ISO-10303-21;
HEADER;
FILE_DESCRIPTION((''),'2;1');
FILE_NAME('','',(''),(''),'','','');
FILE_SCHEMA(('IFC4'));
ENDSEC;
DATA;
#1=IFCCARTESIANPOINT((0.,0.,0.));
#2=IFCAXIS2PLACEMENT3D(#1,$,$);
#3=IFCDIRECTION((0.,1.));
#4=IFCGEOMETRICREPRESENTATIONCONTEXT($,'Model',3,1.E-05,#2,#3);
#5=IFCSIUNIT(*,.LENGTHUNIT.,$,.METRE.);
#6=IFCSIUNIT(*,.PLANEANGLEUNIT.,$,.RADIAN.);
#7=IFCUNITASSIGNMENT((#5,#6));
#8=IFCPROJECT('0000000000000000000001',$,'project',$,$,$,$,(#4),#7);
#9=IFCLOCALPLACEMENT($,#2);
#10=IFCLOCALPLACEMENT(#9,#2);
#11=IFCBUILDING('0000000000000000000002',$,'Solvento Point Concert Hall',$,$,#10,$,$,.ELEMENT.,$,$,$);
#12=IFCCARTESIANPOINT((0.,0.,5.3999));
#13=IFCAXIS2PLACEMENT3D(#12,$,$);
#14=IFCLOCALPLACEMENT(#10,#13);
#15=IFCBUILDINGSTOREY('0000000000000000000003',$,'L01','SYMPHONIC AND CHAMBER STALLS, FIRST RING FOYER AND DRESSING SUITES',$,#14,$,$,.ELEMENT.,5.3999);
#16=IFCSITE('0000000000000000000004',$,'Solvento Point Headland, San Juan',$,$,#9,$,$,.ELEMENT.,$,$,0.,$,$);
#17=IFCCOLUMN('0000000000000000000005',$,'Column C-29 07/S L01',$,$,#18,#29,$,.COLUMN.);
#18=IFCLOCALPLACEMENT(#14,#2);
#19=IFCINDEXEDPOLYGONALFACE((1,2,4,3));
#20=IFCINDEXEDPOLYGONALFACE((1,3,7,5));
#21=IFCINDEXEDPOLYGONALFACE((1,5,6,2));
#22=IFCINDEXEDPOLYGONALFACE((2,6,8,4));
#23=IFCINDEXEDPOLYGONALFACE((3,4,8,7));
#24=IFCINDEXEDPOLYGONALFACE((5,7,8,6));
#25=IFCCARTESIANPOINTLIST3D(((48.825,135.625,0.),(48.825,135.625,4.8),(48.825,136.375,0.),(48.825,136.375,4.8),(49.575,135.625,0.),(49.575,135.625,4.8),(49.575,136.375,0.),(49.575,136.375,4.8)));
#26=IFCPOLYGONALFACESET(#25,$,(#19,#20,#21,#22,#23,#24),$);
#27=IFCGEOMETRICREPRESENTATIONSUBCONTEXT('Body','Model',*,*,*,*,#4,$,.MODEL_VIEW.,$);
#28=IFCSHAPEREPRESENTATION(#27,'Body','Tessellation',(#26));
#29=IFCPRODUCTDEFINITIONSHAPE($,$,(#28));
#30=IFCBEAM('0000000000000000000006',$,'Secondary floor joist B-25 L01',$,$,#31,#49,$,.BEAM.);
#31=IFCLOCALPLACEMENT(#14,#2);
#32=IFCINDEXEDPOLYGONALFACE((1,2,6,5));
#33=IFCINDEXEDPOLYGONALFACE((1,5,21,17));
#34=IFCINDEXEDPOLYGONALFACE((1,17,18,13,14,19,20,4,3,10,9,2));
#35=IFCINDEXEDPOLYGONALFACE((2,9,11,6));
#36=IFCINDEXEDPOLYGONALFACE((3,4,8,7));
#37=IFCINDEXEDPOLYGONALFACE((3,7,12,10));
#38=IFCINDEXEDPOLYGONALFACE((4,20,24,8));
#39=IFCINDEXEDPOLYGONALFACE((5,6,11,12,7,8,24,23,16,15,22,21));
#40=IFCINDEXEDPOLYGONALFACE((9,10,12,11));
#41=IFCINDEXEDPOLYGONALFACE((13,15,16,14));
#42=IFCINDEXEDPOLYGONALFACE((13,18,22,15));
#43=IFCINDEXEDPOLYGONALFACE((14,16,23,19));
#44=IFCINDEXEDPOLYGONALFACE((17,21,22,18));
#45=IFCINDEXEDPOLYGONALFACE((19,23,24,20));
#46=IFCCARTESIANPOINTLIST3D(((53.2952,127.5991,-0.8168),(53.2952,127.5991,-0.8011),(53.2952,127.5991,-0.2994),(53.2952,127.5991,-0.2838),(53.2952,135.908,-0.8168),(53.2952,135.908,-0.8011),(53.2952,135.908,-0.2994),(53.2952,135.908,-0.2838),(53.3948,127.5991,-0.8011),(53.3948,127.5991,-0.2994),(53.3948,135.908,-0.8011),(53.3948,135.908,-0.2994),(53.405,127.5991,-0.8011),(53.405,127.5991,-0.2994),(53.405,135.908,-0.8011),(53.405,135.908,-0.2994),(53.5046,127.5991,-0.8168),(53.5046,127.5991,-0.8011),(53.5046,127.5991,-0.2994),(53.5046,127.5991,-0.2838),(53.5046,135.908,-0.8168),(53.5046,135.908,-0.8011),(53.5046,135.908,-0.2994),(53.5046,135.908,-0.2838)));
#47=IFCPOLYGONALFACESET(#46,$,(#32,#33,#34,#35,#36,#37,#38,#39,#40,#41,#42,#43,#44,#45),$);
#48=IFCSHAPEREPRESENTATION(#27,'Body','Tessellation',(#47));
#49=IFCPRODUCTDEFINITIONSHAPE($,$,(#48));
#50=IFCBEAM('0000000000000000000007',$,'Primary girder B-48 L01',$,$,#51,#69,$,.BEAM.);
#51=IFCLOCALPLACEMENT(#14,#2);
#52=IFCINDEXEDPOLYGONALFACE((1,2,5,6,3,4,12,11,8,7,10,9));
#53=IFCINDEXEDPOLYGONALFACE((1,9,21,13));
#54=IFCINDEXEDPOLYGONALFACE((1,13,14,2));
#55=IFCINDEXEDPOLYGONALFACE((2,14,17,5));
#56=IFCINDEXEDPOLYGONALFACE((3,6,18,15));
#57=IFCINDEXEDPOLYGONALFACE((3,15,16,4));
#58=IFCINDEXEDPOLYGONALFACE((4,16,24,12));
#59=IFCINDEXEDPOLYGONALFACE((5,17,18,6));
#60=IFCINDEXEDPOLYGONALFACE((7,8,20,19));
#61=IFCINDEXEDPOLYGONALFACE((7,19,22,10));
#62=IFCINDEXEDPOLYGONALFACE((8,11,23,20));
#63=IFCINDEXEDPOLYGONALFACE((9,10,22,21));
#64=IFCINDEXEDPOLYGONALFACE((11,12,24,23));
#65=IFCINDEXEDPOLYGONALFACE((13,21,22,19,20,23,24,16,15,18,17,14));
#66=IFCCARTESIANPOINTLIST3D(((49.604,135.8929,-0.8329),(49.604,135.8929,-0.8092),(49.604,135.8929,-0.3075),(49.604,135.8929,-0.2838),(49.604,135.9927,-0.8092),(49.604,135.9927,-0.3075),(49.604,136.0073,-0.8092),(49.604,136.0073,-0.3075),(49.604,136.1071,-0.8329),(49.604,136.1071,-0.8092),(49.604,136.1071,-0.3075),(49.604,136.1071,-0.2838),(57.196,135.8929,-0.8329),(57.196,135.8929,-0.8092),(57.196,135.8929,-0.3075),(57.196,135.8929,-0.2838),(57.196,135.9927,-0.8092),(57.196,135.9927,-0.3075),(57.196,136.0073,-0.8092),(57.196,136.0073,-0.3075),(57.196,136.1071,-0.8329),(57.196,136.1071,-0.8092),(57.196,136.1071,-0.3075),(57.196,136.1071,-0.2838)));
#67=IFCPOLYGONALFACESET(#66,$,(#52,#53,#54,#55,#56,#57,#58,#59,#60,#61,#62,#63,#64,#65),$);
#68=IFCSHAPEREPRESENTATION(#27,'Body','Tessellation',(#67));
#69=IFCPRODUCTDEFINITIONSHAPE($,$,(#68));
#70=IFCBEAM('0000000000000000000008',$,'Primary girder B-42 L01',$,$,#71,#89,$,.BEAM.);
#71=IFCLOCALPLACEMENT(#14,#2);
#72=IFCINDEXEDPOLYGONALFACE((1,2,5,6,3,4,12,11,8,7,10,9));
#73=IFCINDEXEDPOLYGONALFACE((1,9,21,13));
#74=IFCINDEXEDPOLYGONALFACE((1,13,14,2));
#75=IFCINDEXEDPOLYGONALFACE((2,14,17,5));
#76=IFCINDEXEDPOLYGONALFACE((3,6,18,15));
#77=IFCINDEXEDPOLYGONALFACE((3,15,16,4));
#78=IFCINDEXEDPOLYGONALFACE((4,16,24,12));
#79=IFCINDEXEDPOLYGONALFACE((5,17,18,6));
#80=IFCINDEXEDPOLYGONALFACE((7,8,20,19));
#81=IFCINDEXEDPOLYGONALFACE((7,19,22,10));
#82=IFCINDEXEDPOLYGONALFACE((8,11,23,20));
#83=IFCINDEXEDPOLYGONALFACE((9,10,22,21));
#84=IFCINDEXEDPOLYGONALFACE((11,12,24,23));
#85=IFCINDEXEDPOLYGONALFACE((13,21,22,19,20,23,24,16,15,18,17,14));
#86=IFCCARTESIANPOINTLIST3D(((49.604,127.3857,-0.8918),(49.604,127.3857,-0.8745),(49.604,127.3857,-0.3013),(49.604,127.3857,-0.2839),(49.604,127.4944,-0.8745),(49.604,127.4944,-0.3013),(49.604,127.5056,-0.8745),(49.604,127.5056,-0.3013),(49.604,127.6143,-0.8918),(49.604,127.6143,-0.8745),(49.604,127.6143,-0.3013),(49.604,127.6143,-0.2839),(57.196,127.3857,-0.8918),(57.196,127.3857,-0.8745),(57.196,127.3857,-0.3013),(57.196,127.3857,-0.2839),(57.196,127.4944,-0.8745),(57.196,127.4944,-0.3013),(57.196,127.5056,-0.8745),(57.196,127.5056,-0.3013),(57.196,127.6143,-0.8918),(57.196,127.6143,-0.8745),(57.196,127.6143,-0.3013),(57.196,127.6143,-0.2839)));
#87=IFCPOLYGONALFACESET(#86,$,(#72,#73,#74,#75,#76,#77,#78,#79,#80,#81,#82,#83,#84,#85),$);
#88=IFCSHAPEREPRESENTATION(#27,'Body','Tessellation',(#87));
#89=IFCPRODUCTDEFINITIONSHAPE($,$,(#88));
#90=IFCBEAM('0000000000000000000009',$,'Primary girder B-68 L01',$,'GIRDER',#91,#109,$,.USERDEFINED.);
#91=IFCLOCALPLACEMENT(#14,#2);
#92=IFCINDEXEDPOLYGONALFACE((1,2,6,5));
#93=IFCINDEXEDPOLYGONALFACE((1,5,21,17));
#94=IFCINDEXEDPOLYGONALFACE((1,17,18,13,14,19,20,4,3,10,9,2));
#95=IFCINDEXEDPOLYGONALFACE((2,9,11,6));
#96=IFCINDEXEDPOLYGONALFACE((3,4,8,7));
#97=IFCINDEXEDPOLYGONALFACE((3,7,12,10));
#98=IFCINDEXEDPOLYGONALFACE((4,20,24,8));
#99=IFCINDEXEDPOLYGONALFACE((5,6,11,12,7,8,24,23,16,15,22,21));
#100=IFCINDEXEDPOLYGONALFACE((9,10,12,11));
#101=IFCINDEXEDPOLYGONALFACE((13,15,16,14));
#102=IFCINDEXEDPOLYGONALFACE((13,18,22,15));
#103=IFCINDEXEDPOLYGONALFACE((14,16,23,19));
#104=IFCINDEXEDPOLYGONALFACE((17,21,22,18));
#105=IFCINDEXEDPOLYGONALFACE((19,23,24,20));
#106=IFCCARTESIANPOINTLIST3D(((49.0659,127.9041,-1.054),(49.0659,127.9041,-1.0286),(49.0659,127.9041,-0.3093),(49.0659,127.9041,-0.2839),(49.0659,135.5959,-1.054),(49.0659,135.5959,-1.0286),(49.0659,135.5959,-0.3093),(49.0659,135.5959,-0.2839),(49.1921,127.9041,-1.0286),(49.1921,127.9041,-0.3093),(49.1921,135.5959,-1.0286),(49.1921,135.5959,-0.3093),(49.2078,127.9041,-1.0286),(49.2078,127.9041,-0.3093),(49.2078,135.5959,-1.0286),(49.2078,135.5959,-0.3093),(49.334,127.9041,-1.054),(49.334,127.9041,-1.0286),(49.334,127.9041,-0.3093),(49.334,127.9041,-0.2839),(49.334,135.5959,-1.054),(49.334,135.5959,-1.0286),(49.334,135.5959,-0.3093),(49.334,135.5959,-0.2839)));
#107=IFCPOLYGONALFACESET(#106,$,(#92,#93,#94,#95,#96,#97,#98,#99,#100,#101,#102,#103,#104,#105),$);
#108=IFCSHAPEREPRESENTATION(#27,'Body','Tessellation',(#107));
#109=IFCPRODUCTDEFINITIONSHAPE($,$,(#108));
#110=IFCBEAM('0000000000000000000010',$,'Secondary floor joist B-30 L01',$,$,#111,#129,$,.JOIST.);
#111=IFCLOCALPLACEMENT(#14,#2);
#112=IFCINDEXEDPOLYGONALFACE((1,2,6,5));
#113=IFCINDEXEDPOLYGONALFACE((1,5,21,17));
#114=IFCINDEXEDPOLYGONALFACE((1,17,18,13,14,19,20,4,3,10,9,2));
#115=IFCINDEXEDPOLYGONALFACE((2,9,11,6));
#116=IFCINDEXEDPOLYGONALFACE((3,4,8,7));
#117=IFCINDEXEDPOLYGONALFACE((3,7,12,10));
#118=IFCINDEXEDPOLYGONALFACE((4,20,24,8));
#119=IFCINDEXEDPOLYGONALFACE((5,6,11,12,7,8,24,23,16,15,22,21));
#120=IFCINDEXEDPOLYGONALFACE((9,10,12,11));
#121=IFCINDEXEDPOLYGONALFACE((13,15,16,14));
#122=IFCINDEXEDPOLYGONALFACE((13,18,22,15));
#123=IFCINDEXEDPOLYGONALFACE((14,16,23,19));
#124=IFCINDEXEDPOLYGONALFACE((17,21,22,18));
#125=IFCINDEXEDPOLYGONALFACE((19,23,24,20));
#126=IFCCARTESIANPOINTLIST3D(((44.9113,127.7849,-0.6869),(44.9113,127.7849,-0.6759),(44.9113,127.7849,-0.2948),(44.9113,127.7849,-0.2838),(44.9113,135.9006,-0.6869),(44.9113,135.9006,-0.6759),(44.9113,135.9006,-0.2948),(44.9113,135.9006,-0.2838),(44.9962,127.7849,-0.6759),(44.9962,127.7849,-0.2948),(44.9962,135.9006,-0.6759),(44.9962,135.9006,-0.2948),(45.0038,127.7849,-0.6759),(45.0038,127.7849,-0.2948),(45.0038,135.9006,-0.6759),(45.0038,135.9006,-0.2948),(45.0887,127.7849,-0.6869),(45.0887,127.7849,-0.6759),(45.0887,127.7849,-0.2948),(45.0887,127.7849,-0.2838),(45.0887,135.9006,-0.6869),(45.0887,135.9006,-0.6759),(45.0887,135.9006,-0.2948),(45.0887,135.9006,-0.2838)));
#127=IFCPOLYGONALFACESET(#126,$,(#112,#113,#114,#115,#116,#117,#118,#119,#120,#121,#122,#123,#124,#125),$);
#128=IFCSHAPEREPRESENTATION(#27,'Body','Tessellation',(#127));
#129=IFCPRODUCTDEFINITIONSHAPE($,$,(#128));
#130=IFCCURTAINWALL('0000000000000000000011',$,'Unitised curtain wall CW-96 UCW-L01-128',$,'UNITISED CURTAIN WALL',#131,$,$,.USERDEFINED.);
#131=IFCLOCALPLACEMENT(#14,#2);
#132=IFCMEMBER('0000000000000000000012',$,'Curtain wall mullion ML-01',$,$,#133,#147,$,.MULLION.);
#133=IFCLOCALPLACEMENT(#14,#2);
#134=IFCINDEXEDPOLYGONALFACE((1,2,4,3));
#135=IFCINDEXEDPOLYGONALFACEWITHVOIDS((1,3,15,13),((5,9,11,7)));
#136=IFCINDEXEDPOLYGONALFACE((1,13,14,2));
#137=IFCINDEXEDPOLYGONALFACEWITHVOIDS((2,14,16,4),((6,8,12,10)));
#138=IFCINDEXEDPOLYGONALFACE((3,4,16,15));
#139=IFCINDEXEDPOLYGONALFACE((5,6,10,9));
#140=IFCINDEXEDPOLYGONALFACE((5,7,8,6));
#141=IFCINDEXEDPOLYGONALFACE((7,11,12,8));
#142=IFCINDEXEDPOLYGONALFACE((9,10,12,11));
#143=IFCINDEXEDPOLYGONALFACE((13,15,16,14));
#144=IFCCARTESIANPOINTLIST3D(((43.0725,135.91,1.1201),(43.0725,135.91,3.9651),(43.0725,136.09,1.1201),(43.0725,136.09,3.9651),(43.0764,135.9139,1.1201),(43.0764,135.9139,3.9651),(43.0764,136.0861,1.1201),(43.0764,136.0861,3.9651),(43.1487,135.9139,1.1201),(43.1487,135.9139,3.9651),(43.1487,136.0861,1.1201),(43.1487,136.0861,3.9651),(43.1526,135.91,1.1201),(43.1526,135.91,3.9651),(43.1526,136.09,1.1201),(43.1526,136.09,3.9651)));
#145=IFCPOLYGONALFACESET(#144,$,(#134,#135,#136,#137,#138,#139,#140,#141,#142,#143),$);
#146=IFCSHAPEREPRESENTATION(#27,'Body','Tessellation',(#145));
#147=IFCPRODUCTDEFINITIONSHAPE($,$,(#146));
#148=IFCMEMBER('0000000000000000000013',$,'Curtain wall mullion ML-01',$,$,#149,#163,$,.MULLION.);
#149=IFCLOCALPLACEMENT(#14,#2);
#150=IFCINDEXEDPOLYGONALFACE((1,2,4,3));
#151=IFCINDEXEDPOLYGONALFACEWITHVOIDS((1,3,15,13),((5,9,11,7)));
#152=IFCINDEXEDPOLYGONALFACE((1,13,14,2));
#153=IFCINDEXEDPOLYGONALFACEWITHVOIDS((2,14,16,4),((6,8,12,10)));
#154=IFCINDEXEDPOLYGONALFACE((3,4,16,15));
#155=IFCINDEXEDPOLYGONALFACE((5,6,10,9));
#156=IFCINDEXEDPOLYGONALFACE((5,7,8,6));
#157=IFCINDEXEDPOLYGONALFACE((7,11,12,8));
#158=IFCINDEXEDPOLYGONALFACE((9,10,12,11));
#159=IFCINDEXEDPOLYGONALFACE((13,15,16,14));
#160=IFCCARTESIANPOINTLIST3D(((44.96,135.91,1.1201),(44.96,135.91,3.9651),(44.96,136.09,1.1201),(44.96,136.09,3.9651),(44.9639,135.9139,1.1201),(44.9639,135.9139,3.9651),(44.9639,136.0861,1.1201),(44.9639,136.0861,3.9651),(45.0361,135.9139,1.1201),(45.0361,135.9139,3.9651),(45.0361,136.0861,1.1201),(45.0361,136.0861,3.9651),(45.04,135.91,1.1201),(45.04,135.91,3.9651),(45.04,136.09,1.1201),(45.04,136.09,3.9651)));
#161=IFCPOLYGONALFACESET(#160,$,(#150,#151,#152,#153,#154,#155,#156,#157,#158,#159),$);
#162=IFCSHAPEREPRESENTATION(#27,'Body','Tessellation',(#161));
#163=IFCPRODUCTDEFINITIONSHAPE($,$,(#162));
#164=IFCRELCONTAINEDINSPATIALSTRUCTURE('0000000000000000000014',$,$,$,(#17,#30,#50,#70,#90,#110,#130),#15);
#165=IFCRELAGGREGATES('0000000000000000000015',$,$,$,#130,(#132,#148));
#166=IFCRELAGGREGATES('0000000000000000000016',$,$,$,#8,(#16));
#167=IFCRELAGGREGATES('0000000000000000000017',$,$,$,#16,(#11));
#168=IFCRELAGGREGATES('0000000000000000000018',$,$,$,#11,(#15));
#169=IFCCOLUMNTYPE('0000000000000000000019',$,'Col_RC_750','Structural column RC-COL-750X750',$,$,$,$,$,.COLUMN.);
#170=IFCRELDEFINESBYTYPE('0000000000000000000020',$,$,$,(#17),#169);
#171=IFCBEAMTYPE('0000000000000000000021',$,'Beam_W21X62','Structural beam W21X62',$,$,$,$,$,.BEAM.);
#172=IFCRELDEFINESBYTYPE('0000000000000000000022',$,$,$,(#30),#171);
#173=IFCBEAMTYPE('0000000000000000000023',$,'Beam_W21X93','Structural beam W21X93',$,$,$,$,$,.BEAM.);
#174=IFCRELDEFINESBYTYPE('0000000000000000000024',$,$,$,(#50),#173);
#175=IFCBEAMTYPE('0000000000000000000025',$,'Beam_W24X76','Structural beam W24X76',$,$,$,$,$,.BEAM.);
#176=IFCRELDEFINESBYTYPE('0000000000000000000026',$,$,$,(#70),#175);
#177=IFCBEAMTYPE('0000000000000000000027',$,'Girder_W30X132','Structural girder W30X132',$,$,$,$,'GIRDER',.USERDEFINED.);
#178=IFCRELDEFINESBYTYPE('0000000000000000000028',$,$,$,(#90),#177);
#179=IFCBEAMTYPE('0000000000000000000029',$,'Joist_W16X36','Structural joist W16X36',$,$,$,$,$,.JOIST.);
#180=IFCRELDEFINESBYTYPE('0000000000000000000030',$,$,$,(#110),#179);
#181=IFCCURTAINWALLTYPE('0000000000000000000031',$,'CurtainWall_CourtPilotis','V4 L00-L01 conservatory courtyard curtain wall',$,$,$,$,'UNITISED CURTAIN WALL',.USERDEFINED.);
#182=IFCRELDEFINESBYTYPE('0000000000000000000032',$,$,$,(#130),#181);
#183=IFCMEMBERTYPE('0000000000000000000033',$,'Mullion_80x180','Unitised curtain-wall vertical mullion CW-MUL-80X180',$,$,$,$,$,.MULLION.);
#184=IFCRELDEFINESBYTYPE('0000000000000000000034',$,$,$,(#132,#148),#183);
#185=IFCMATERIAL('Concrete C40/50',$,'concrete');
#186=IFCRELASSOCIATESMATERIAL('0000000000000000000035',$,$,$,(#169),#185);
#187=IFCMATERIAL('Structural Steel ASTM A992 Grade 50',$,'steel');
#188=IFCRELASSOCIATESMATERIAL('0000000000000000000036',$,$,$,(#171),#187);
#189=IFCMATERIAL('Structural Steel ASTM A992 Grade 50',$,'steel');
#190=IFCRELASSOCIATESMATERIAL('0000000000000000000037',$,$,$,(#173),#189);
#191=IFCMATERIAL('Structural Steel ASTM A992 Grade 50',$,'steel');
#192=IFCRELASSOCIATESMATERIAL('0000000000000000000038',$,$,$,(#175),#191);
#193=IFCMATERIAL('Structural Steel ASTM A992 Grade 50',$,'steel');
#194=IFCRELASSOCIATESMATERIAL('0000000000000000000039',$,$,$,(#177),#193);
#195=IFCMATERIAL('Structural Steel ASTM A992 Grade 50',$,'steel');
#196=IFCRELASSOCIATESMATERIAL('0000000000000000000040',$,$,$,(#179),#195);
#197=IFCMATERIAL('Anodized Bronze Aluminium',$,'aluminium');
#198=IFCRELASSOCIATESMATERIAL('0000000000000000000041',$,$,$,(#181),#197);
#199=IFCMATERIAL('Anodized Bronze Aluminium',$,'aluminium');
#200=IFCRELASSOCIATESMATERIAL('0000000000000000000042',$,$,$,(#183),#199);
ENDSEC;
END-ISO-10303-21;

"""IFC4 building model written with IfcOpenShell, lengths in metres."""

from ifc_helpers import new_model, si_unit, direction, frame, origin, origin_2d, place, context, subcontext, project, spatial, rectangle, hollow_rectangle, i_section, extrude, material, material_profile, profile_set, type_object, element, aggregate, save


model = new_model("IFC4")

# Units and contexts
model_context = context("Model", 3, precision=1e-05, world=origin(), true_north=direction((0.0, 1.0)))
body_context = subcontext(model_context, "Body", "Model", "MODEL_VIEW")
ifc_project = project(units=[si_unit("LENGTHUNIT", "METRE"), si_unit("PLANEANGLEUNIT", "RADIAN")], contexts=[model_context])

# Site, building, storey
site_placement = place(None, origin())
site = spatial("IfcSite", under=ifc_project, at=site_placement, Name="Solvento Point Headland, San Juan", CompositionType="ELEMENT", RefElevation=0.0)
building_placement = place(site_placement, origin())
building = spatial("IfcBuilding", under=site, at=building_placement, Name="Solvento Point Concert Hall", CompositionType="ELEMENT")
storey_placement = place(building_placement, frame((0.0, 0.0, 5.3999)))
storey = spatial("IfcBuildingStorey", under=building, at=storey_placement, Name="L01", Description="SYMPHONIC AND CHAMBER STALLS, FIRST RING FOYER AND DRESSING SUITES", CompositionType="ELEMENT", Elevation=5.3999)

# Column
ifc_material_1 = material(Name="Concrete C40/50", Category="concrete")
ifc_material_profile_1 = material_profile(ifc_material_1, rectangle(XDim=0.75, YDim=0.75, at=origin_2d()), Name="RC-COL-750X750")
ifc_profile_set_1 = profile_set([ifc_material_profile_1], Name="Concrete C40/50")
column_type = type_object("IfcColumnType", Name="Col_RC_750", Description="Structural column RC-COL-750X750", PredefinedType="COLUMN", material=ifc_profile_set_1)
column_placement = place(storey_placement, frame((49.2, 136.0, 0.0), z_axis=(0.0, 0.0, 1.0), x_axis=(1.0, 0.0, 0.0)))
element("IfcColumn", 1, at=column_placement, inside=storey, type_object=column_type, Name="Column C-29 07/S L01", PredefinedType="COLUMN", context=body_context, shape_type="SweptSolid", body=[
    extrude(rectangle(XDim=0.75, YDim=0.75, at=origin_2d()), origin(), (0.0, 0.0, 1.0), 4.8),
])

# Beams
ifc_material_2 = material(Name="Structural Steel ASTM A992 Grade 50", Category="steel")
ifc_material_profile_2 = material_profile(ifc_material_2, i_section(OverallWidth=0.2095, OverallDepth=0.533, WebThickness=0.0103, FlangeThickness=0.0156, at=origin_2d()), Name="W21X62")
ifc_profile_set_2 = profile_set([ifc_material_profile_2], Name="Structural Steel ASTM A992 Grade 50")
beam_type_1 = type_object("IfcBeamType", Name="Beam_W21X62", Description="Structural beam W21X62", PredefinedType="BEAM", material=ifc_profile_set_2)
beam_1_placement = place(storey_placement, frame((53.3999, 127.5991, -0.5503), z_axis=(0.0, 1.0, 0.0), x_axis=(-1.0, 0.0, 0.0)))
element("IfcBeam", 2, at=beam_1_placement, inside=storey, type_object=beam_type_1, Name="Secondary floor joist B-25 L01", PredefinedType="BEAM", context=body_context, shape_type="SweptSolid", body=[
    extrude(i_section(OverallWidth=0.2095, OverallDepth=0.533, WebThickness=0.0103, FlangeThickness=0.0156, at=origin_2d()), origin(), (0.0, 0.0, 1.0), 8.3088),
])
ifc_material_3 = material(Name="Structural Steel ASTM A992 Grade 50", Category="steel")
ifc_material_profile_3 = material_profile(ifc_material_3, i_section(OverallWidth=0.2141, OverallDepth=0.5491, WebThickness=0.0146, FlangeThickness=0.0237, at=origin_2d()), Name="W21X93")
ifc_profile_set_3 = profile_set([ifc_material_profile_3], Name="Structural Steel ASTM A992 Grade 50")
beam_type_2 = type_object("IfcBeamType", Name="Beam_W21X93", Description="Structural beam W21X93", PredefinedType="BEAM", material=ifc_profile_set_3)
beam_2_placement = place(storey_placement, frame((49.604, 136.0, -0.5583), z_axis=(1.0, 0.0, 0.0), x_axis=(0.0, 1.0, 0.0)))
element("IfcBeam", 3, at=beam_2_placement, inside=storey, type_object=beam_type_2, Name="Primary girder B-48 L01", PredefinedType="BEAM", context=body_context, shape_type="SweptSolid", body=[
    extrude(i_section(OverallWidth=0.2141, OverallDepth=0.5491, WebThickness=0.0146, FlangeThickness=0.0237, at=origin_2d()), origin(), (0.0, 0.0, 1.0), 7.592),
])
ifc_material_4 = material(Name="Structural Steel ASTM A992 Grade 50", Category="steel")
ifc_material_profile_4 = material_profile(ifc_material_4, i_section(OverallWidth=0.2285, OverallDepth=0.6079, WebThickness=0.0112, FlangeThickness=0.0173, at=origin_2d()), Name="W24X76")
ifc_profile_set_4 = profile_set([ifc_material_profile_4], Name="Structural Steel ASTM A992 Grade 50")
beam_type_3 = type_object("IfcBeamType", Name="Beam_W24X76", Description="Structural beam W24X76", PredefinedType="BEAM", material=ifc_profile_set_4)
beam_3_placement = place(storey_placement, frame((49.604, 127.5, -0.5879), z_axis=(1.0, 0.0, 0.0), x_axis=(0.0, 1.0, 0.0)))
element("IfcBeam", 4, at=beam_3_placement, inside=storey, type_object=beam_type_3, Name="Primary girder B-42 L01", PredefinedType="BEAM", context=body_context, shape_type="SweptSolid", body=[
    extrude(i_section(OverallWidth=0.2285, OverallDepth=0.6079, WebThickness=0.0112, FlangeThickness=0.0173, at=origin_2d()), origin(), (0.0, 0.0, 1.0), 7.592),
])
ifc_material_5 = material(Name="Structural Steel ASTM A992 Grade 50", Category="steel")
ifc_material_profile_5 = material_profile(ifc_material_5, i_section(OverallWidth=0.2681, OverallDepth=0.77, WebThickness=0.0156, FlangeThickness=0.0254, at=origin_2d()), Name="W30X132")
ifc_profile_set_5 = profile_set([ifc_material_profile_5], Name="Structural Steel ASTM A992 Grade 50")
beam_type_4 = type_object("IfcBeamType", Name="Girder_W30X132", Description="Structural girder W30X132", ElementType="GIRDER", PredefinedType="USERDEFINED", material=ifc_profile_set_5)
beam_4_placement = place(storey_placement, frame((49.2, 127.9041, -0.6689), z_axis=(0.0, 1.0, 0.0), x_axis=(-1.0, 0.0, 0.0)))
element("IfcBeam", 5, at=beam_4_placement, inside=storey, type_object=beam_type_4, Name="Primary girder B-68 L01", ObjectType="GIRDER", PredefinedType="USERDEFINED", context=body_context, shape_type="SweptSolid", body=[
    extrude(i_section(OverallWidth=0.2681, OverallDepth=0.77, WebThickness=0.0156, FlangeThickness=0.0254, at=origin_2d()), origin(), (0.0, 0.0, 1.0), 7.6919),
])
ifc_material_6 = material(Name="Structural Steel ASTM A992 Grade 50", Category="steel")
ifc_material_profile_6 = material_profile(ifc_material_6, i_section(OverallWidth=0.1775, OverallDepth=0.4031, WebThickness=0.0076, FlangeThickness=0.011, at=origin_2d()), Name="W16X36")
ifc_profile_set_6 = profile_set([ifc_material_profile_6], Name="Structural Steel ASTM A992 Grade 50")
beam_type_5 = type_object("IfcBeamType", Name="Joist_W16X36", Description="Structural joist W16X36", PredefinedType="JOIST", material=ifc_profile_set_6)
beam_5_placement = place(storey_placement, frame((45.0, 127.7849, -0.4854), z_axis=(0.0, 1.0, 0.0), x_axis=(-1.0, 0.0, 0.0)))
element("IfcBeam", 6, at=beam_5_placement, inside=storey, type_object=beam_type_5, Name="Secondary floor joist B-30 L01", PredefinedType="JOIST", context=body_context, shape_type="SweptSolid", body=[
    extrude(i_section(OverallWidth=0.1775, OverallDepth=0.4031, WebThickness=0.0076, FlangeThickness=0.011, at=origin_2d()), origin(), (0.0, 0.0, 1.0), 8.1157),
])

# Curtain wall, members
ifc_material_7 = material(Name="Anodized Bronze Aluminium", Category="aluminium")
curtain_wall_type = type_object("IfcCurtainWallType", Name="CurtainWall_CourtPilotis", Description="V4 L00-L01 conservatory courtyard curtain wall", ElementType="UNITISED CURTAIN WALL", PredefinedType="USERDEFINED", material=ifc_material_7)
curtain_wall_1_placement = place(storey_placement, origin())
curtain_wall_1 = element("IfcCurtainWall", 7, at=curtain_wall_1_placement, inside=storey, type_object=curtain_wall_type, Name="Unitised curtain wall CW-96 UCW-L01-128", ObjectType="UNITISED CURTAIN WALL", PredefinedType="USERDEFINED")
ifc_material_8 = material(Name="Anodized Bronze Aluminium", Category="aluminium")
ifc_material_profile_7 = material_profile(ifc_material_8, hollow_rectangle(XDim=0.0801, YDim=0.1799, WallThickness=0.0039, at=origin_2d()), Name="CW-MUL-80X180")
ifc_profile_set_7 = profile_set([ifc_material_profile_7], Name="Anodized Bronze Aluminium")
member_type_1 = type_object("IfcMemberType", Name="Mullion_80x180", Description="Unitised curtain-wall vertical mullion CW-MUL-80X180", PredefinedType="MULLION", material=ifc_profile_set_7)
member_1_placement = place(storey_placement, frame((43.1125, 136.0, 1.1201), z_axis=(0.0, 0.0, 1.0), x_axis=(1.0, 0.0, 0.0)))
member_1 = element("IfcMember", 8, at=member_1_placement, type_object=member_type_1, Name="Curtain wall mullion ML-01", PredefinedType="MULLION", context=body_context, shape_type="SweptSolid", body=[
    extrude(hollow_rectangle(XDim=0.0801, YDim=0.1799, WallThickness=0.0039, at=origin_2d()), origin(), (0.0, 0.0, 1.0), 2.845),
])
member_2_placement = place(storey_placement, frame((45.0, 136.0, 1.1201), z_axis=(0.0, 0.0, 1.0), x_axis=(1.0, 0.0, 0.0)))
member_2 = element("IfcMember", 9, at=member_2_placement, type_object=member_type_1, Name="Curtain wall mullion ML-01", PredefinedType="MULLION", context=body_context, shape_type="SweptSolid", body=[
    extrude(hollow_rectangle(XDim=0.0801, YDim=0.1799, WallThickness=0.0039, at=origin_2d()), origin(), (0.0, 0.0, 1.0), 2.845),
])

aggregate(curtain_wall_1, [member_1, member_2])

save(model, "model.ifc")
